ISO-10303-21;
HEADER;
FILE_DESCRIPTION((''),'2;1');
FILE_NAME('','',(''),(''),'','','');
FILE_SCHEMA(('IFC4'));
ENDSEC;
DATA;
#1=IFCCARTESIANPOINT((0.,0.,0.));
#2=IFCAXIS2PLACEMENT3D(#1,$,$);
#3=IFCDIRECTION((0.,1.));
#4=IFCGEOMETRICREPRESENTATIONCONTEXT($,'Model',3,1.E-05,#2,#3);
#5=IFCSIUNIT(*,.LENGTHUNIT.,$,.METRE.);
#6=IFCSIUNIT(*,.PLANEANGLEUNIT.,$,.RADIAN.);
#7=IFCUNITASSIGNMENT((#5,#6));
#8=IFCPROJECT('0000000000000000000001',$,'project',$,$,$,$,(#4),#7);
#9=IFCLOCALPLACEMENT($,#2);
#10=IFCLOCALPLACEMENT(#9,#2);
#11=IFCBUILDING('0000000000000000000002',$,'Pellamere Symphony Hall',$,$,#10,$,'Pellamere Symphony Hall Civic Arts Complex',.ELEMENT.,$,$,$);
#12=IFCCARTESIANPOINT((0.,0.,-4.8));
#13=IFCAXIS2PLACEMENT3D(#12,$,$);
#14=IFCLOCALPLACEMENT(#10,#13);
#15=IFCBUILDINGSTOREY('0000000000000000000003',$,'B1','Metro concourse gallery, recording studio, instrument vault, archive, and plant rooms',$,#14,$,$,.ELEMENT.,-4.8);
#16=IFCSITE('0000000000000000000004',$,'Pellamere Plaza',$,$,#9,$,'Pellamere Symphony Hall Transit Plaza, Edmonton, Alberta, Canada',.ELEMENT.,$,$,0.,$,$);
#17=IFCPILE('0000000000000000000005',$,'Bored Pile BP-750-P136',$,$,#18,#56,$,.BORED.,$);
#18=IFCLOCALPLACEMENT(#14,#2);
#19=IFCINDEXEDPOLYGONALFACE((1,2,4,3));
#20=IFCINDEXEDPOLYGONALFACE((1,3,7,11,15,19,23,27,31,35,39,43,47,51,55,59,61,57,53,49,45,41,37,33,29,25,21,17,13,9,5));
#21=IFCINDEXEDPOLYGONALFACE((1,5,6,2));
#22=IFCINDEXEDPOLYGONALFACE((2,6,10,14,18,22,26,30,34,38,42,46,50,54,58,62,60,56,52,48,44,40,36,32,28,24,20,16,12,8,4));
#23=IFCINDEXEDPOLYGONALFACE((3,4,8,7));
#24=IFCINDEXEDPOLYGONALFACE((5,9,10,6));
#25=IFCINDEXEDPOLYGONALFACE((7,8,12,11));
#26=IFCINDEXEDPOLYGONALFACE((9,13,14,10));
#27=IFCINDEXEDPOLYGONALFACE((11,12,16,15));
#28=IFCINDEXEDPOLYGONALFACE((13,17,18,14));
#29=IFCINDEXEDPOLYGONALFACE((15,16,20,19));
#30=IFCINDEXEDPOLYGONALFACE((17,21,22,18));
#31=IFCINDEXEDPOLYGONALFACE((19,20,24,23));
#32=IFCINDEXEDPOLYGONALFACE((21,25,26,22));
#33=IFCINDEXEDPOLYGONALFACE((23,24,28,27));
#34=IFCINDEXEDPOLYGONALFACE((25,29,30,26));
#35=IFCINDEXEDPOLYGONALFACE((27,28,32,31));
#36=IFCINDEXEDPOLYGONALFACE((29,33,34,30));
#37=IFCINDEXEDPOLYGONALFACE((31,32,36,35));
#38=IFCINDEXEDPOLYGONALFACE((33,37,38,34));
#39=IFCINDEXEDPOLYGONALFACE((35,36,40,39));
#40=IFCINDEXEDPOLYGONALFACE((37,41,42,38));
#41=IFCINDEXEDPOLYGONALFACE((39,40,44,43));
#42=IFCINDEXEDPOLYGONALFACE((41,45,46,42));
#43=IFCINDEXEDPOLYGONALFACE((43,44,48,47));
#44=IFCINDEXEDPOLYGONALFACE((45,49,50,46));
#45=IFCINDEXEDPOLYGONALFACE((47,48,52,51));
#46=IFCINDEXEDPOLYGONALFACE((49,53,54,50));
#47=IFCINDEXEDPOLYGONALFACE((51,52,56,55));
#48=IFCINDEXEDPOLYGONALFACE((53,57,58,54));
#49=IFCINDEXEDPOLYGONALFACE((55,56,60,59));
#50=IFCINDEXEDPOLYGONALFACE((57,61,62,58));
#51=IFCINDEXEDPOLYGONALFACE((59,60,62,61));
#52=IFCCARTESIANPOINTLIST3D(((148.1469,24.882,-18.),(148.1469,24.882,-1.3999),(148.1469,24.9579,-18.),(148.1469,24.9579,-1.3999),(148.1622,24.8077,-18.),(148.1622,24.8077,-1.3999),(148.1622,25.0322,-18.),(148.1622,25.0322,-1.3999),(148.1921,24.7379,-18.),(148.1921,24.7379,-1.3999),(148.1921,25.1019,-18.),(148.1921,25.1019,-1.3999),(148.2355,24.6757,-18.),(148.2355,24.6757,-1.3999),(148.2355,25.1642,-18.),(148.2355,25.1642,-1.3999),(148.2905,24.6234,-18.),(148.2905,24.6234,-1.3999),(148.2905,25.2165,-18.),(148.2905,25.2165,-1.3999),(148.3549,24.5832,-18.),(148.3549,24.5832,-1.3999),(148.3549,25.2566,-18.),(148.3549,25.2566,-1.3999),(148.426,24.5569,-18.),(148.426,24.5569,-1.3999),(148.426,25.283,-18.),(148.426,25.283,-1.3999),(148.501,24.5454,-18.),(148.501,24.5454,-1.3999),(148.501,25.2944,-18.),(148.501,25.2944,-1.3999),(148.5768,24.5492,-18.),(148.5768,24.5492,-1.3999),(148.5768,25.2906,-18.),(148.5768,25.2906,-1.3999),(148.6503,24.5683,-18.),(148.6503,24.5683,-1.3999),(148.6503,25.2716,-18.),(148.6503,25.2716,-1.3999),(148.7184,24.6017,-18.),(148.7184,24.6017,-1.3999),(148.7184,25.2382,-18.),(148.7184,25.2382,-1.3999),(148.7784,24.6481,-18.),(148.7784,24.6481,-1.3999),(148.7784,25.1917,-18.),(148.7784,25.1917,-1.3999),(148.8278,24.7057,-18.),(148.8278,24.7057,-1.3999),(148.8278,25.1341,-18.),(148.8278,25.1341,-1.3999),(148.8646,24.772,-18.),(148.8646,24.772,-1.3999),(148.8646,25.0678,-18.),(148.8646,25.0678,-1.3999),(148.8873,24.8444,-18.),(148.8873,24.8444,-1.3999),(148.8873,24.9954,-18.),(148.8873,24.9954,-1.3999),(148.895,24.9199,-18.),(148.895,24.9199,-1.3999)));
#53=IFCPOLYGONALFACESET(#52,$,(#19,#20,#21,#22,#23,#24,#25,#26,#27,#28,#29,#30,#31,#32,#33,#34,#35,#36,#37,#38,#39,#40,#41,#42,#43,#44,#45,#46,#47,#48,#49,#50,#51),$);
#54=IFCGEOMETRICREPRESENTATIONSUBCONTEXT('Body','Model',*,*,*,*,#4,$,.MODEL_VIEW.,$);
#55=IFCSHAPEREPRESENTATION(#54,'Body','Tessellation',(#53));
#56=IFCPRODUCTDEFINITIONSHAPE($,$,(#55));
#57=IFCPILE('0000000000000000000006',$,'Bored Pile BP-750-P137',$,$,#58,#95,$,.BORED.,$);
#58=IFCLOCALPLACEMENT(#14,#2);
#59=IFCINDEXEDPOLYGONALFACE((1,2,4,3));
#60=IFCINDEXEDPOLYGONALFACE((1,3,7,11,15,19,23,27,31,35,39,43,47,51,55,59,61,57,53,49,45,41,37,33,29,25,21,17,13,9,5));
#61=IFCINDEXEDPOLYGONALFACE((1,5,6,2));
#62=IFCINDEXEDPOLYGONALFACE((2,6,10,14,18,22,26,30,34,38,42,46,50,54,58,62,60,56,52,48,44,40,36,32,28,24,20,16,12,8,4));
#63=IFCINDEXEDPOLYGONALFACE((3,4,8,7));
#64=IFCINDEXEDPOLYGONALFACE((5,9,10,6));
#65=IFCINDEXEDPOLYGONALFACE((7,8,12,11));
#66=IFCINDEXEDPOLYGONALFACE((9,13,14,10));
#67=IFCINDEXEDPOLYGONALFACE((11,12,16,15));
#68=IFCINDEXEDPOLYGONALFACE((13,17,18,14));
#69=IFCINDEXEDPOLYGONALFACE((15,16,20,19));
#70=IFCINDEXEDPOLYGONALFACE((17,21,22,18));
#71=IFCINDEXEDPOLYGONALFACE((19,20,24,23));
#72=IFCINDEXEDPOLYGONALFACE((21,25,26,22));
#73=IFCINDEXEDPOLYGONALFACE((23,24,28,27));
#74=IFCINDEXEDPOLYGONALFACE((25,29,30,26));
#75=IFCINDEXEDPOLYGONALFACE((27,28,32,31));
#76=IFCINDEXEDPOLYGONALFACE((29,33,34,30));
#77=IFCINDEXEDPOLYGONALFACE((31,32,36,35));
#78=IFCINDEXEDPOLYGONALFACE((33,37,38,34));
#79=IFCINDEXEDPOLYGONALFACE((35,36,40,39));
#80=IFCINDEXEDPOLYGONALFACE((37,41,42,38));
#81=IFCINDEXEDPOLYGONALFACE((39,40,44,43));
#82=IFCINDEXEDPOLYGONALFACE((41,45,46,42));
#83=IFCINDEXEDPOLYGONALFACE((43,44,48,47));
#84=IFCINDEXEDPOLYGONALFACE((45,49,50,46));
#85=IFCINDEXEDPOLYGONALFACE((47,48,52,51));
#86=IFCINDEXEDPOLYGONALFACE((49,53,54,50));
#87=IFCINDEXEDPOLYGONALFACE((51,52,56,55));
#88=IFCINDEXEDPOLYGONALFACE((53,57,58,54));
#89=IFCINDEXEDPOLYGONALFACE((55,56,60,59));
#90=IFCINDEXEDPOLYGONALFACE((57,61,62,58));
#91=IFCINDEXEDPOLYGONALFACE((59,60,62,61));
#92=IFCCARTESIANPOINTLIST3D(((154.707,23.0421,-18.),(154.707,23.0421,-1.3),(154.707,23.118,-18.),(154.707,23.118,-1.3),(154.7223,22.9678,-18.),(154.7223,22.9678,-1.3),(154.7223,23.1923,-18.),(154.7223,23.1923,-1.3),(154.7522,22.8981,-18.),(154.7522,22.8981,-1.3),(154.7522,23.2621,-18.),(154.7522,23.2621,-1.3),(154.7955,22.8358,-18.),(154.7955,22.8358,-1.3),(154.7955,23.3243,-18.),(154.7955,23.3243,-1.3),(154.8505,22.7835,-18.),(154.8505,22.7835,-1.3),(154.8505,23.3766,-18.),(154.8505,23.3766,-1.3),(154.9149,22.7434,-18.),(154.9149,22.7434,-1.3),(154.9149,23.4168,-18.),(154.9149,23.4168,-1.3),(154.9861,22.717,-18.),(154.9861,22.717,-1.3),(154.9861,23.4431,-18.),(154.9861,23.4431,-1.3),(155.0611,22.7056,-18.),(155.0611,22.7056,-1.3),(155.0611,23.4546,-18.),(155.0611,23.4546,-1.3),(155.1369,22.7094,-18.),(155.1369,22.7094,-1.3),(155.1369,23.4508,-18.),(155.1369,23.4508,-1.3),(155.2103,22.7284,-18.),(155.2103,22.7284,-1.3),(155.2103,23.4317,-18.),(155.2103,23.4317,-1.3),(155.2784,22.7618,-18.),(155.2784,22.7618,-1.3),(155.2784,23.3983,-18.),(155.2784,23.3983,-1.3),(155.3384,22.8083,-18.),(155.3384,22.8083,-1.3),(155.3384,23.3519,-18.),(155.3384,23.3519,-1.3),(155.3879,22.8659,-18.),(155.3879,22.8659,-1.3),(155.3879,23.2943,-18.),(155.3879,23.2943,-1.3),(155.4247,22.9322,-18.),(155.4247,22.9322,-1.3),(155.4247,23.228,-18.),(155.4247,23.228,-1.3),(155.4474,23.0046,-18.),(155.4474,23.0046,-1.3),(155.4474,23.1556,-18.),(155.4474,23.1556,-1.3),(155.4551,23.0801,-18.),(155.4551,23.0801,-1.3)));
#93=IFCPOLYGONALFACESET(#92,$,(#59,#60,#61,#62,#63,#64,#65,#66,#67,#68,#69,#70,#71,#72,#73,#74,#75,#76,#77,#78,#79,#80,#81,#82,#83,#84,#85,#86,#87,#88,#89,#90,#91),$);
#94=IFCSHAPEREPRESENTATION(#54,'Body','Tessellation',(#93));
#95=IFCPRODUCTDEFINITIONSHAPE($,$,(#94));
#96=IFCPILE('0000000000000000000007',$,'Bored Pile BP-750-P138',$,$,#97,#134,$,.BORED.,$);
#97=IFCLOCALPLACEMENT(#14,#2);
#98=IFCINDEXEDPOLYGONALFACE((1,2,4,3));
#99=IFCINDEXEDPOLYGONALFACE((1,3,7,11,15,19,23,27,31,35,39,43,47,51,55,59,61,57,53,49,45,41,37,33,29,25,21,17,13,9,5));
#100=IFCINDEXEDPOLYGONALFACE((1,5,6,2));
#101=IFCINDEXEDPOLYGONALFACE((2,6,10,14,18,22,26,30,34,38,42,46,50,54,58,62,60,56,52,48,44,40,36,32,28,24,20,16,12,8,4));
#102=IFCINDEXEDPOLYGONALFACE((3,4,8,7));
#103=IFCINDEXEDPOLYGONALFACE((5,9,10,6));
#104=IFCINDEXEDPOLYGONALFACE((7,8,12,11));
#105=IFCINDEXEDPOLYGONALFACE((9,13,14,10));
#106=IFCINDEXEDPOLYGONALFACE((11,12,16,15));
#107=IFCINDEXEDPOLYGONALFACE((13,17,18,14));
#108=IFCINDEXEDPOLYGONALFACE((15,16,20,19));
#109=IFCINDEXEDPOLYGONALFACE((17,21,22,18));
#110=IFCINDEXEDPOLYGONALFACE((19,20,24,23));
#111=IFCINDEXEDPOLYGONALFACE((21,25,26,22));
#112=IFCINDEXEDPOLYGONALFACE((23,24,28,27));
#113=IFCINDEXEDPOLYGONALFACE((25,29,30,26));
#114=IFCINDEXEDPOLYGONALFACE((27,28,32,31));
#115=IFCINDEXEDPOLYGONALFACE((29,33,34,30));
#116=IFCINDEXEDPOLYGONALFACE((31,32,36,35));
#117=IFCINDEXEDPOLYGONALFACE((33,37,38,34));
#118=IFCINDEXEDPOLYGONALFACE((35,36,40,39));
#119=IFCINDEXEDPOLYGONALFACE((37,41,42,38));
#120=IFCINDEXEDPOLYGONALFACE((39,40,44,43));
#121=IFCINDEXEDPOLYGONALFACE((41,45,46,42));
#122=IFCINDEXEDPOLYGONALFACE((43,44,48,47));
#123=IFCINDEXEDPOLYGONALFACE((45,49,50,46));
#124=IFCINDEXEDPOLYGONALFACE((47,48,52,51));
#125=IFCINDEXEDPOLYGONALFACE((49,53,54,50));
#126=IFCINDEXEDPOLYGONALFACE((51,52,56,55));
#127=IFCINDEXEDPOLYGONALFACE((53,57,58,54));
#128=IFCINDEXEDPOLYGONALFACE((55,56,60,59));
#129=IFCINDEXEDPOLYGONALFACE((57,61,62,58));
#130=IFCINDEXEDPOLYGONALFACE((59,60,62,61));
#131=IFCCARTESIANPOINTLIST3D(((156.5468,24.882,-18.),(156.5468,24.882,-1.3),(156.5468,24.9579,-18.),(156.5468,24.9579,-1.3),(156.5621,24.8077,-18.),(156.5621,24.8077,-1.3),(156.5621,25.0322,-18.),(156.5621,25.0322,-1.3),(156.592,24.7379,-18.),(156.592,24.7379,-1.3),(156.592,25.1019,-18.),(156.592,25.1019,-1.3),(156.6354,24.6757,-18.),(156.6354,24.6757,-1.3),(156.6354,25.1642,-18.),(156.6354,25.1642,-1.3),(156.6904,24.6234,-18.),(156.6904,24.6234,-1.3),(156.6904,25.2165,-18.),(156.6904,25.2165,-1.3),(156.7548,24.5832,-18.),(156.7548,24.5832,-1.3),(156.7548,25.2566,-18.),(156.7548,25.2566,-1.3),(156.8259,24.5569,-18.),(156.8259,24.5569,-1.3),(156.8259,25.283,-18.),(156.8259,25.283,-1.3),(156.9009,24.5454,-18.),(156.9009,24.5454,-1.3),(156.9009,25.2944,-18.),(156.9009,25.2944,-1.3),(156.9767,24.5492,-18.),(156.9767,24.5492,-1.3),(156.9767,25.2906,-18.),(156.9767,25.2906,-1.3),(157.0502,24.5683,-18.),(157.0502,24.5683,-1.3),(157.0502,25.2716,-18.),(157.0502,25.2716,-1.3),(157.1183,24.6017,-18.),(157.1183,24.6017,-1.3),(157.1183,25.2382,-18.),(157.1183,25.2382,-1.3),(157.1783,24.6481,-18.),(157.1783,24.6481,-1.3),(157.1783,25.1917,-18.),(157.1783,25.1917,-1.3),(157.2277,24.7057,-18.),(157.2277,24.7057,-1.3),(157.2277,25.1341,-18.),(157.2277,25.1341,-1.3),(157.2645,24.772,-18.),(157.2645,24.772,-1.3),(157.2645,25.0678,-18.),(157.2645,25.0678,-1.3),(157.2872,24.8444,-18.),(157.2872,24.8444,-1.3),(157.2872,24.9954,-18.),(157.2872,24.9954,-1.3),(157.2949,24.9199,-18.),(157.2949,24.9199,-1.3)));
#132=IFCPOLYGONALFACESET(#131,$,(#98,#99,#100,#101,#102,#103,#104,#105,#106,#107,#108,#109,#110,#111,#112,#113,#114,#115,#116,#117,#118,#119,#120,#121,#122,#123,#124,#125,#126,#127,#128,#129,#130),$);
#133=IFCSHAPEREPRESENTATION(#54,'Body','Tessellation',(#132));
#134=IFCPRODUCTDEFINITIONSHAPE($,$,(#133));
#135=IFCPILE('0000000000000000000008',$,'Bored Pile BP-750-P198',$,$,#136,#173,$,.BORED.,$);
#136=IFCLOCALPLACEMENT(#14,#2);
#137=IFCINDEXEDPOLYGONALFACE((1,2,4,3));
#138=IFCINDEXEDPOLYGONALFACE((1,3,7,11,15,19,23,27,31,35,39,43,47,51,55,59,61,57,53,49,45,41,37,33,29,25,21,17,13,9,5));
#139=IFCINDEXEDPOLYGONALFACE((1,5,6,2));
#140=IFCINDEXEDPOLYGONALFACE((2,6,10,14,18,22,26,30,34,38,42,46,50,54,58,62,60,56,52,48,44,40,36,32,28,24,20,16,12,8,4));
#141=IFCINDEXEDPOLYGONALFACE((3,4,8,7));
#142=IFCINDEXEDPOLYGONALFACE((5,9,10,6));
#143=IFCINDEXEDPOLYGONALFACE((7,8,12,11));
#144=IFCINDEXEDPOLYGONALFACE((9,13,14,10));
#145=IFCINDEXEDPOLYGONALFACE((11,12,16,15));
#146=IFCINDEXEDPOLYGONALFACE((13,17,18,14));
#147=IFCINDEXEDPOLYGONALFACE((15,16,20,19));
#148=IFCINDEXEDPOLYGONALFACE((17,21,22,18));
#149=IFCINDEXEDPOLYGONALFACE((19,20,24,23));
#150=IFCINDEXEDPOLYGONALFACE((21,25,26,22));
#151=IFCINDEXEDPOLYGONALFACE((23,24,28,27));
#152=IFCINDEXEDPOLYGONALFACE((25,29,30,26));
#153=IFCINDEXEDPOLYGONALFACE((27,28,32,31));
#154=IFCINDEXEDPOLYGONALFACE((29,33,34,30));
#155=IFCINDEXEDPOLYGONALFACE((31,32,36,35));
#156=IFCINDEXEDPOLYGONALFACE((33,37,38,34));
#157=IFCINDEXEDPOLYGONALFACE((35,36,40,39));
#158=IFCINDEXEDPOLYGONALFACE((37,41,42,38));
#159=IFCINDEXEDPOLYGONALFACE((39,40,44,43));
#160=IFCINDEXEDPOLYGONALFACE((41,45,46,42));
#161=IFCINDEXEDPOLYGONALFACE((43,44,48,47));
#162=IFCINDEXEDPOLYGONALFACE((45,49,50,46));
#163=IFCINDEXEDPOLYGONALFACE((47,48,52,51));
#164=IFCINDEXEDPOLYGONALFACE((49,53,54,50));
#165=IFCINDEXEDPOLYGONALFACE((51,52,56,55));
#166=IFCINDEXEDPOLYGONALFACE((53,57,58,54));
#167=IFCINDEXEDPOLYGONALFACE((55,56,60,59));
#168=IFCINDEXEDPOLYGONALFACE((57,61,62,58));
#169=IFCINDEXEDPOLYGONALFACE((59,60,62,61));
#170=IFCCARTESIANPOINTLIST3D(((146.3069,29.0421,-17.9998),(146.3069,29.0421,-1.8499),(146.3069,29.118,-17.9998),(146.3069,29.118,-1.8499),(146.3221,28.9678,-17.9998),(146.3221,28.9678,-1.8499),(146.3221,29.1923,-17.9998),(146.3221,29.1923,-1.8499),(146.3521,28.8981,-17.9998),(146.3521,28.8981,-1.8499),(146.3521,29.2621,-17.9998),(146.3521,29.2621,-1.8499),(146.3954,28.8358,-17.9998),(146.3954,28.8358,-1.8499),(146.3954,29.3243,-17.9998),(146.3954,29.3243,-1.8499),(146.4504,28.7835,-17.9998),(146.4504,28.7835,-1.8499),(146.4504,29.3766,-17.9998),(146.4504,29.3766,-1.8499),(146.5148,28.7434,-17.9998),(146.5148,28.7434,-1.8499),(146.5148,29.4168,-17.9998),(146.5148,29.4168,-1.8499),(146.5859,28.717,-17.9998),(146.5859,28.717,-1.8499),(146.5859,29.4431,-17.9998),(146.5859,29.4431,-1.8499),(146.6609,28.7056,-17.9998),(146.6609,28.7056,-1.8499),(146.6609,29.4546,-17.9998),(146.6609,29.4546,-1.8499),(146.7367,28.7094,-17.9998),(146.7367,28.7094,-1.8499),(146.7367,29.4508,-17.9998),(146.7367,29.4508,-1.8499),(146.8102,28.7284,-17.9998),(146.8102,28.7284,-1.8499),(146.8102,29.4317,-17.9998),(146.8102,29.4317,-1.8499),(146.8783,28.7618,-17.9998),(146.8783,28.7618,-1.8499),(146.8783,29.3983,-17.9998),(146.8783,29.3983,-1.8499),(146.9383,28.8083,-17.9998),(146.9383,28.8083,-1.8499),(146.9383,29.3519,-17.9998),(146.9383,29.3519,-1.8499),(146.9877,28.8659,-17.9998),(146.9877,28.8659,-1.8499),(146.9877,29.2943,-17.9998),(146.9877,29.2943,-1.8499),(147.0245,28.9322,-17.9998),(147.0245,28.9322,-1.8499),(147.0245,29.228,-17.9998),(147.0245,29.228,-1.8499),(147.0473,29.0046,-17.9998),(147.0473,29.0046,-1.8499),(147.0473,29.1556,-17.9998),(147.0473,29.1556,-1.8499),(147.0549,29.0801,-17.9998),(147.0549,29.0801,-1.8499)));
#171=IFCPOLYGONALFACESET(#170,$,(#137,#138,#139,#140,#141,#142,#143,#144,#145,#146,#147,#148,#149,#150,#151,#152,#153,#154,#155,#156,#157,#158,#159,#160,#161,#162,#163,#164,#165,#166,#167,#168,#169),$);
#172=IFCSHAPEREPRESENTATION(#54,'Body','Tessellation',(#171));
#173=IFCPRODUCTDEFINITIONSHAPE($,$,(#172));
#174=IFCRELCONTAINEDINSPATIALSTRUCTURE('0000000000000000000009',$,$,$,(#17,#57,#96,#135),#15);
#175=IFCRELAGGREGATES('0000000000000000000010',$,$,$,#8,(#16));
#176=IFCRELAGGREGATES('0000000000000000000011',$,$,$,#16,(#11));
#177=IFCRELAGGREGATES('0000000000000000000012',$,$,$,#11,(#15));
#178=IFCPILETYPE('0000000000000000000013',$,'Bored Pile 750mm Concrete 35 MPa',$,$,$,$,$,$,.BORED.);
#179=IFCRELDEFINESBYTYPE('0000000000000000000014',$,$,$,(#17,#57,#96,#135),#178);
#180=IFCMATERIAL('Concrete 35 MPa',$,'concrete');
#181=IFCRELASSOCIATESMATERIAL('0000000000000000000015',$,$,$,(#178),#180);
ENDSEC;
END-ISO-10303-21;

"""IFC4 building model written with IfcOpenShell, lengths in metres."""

from ifc_helpers import new_model, si_unit, direction, frame, origin, origin_2d, place, context, subcontext, project, spatial, circle, extrude, material, material_profile, profile_set, type_object, element, save


model = new_model("IFC4")

# Units and contexts
model_context = context("Model", 3, precision=1e-05, world=origin(), true_north=direction((0.0, 1.0)))
body_context = subcontext(model_context, "Body", "Model", "MODEL_VIEW")
ifc_project = project(units=[si_unit("LENGTHUNIT", "METRE"), si_unit("PLANEANGLEUNIT", "RADIAN")], contexts=[model_context])

# Site, building, storey
site_placement = place(None, origin())
site = spatial("IfcSite", under=ifc_project, at=site_placement, Name="Pellamere Plaza", LongName="Pellamere Symphony Hall Transit Plaza, Edmonton, Alberta, Canada", CompositionType="ELEMENT", RefElevation=0.0)
building_placement = place(site_placement, origin())
building = spatial("IfcBuilding", under=site, at=building_placement, Name="Pellamere Symphony Hall", LongName="Pellamere Symphony Hall Civic Arts Complex", CompositionType="ELEMENT")
storey_placement = place(building_placement, frame((0.0, 0.0, -4.8)))
storey = spatial("IfcBuildingStorey", under=building, at=storey_placement, Name="B1", Description="Metro concourse gallery, recording studio, instrument vault, archive, and plant rooms", CompositionType="ELEMENT", Elevation=-4.8)

# Piles
ifc_material_1 = material(Name="Concrete 35 MPa", Category="concrete")
ifc_material_profile_1 = material_profile(ifc_material_1, circle(Radius=0.375, at=origin_2d()), Name="PILE D750")
ifc_profile_set_1 = profile_set([ifc_material_profile_1], Name="Concrete 35 MPa")
pile_type = type_object("IfcPileType", Name="Bored Pile 750mm Concrete 35 MPa", PredefinedType="BORED", material=ifc_profile_set_1)
for number, where, z_axis, x_axis, name in (
    (1, (148.52, 24.9199, -1.3999), (0.0, 0.0, -1.0), (1.0, 0.0, 0.0), "Bored Pile BP-750-P136"),
):
    element("IfcPile", number, at=place(storey_placement, frame(where, z_axis=z_axis, x_axis=x_axis)), inside=storey, type_object=pile_type, Name=name, PredefinedType="BORED", context=body_context, shape_type="SweptSolid", body=[
        extrude(circle(Radius=0.375, at=origin_2d()), origin(), (0.0, 0.0, 1.0), 16.6001),
    ])
for number, where, z_axis, x_axis, name in (
    (2, (155.0801, 23.0801, -1.3), (0.0, 0.0, -1.0), (1.0, 0.0, 0.0), "Bored Pile BP-750-P137"),
    (3, (156.9199, 24.9199, -1.3), (0.0, 0.0, -1.0), (1.0, 0.0, 0.0), "Bored Pile BP-750-P138"),
):
    element("IfcPile", number, at=place(storey_placement, frame(where, z_axis=z_axis, x_axis=x_axis)), inside=storey, type_object=pile_type, Name=name, PredefinedType="BORED", context=body_context, shape_type="SweptSolid", body=[
        extrude(circle(Radius=0.375, at=origin_2d()), origin(), (0.0, 0.0, 1.0), 16.7),
    ])
pile_1_placement = place(storey_placement, frame((146.6799, 29.0801, -1.8499), z_axis=(0.0, 0.0, -1.0), x_axis=(1.0, 0.0, 0.0)))
element("IfcPile", 4, at=pile_1_placement, inside=storey, type_object=pile_type, Name="Bored Pile BP-750-P198", PredefinedType="BORED", context=body_context, shape_type="SweptSolid", body=[
    extrude(circle(Radius=0.375, at=origin_2d()), origin(), (0.0, 0.0, 1.0), 16.1499),
])

save(model, "model.ifc")
